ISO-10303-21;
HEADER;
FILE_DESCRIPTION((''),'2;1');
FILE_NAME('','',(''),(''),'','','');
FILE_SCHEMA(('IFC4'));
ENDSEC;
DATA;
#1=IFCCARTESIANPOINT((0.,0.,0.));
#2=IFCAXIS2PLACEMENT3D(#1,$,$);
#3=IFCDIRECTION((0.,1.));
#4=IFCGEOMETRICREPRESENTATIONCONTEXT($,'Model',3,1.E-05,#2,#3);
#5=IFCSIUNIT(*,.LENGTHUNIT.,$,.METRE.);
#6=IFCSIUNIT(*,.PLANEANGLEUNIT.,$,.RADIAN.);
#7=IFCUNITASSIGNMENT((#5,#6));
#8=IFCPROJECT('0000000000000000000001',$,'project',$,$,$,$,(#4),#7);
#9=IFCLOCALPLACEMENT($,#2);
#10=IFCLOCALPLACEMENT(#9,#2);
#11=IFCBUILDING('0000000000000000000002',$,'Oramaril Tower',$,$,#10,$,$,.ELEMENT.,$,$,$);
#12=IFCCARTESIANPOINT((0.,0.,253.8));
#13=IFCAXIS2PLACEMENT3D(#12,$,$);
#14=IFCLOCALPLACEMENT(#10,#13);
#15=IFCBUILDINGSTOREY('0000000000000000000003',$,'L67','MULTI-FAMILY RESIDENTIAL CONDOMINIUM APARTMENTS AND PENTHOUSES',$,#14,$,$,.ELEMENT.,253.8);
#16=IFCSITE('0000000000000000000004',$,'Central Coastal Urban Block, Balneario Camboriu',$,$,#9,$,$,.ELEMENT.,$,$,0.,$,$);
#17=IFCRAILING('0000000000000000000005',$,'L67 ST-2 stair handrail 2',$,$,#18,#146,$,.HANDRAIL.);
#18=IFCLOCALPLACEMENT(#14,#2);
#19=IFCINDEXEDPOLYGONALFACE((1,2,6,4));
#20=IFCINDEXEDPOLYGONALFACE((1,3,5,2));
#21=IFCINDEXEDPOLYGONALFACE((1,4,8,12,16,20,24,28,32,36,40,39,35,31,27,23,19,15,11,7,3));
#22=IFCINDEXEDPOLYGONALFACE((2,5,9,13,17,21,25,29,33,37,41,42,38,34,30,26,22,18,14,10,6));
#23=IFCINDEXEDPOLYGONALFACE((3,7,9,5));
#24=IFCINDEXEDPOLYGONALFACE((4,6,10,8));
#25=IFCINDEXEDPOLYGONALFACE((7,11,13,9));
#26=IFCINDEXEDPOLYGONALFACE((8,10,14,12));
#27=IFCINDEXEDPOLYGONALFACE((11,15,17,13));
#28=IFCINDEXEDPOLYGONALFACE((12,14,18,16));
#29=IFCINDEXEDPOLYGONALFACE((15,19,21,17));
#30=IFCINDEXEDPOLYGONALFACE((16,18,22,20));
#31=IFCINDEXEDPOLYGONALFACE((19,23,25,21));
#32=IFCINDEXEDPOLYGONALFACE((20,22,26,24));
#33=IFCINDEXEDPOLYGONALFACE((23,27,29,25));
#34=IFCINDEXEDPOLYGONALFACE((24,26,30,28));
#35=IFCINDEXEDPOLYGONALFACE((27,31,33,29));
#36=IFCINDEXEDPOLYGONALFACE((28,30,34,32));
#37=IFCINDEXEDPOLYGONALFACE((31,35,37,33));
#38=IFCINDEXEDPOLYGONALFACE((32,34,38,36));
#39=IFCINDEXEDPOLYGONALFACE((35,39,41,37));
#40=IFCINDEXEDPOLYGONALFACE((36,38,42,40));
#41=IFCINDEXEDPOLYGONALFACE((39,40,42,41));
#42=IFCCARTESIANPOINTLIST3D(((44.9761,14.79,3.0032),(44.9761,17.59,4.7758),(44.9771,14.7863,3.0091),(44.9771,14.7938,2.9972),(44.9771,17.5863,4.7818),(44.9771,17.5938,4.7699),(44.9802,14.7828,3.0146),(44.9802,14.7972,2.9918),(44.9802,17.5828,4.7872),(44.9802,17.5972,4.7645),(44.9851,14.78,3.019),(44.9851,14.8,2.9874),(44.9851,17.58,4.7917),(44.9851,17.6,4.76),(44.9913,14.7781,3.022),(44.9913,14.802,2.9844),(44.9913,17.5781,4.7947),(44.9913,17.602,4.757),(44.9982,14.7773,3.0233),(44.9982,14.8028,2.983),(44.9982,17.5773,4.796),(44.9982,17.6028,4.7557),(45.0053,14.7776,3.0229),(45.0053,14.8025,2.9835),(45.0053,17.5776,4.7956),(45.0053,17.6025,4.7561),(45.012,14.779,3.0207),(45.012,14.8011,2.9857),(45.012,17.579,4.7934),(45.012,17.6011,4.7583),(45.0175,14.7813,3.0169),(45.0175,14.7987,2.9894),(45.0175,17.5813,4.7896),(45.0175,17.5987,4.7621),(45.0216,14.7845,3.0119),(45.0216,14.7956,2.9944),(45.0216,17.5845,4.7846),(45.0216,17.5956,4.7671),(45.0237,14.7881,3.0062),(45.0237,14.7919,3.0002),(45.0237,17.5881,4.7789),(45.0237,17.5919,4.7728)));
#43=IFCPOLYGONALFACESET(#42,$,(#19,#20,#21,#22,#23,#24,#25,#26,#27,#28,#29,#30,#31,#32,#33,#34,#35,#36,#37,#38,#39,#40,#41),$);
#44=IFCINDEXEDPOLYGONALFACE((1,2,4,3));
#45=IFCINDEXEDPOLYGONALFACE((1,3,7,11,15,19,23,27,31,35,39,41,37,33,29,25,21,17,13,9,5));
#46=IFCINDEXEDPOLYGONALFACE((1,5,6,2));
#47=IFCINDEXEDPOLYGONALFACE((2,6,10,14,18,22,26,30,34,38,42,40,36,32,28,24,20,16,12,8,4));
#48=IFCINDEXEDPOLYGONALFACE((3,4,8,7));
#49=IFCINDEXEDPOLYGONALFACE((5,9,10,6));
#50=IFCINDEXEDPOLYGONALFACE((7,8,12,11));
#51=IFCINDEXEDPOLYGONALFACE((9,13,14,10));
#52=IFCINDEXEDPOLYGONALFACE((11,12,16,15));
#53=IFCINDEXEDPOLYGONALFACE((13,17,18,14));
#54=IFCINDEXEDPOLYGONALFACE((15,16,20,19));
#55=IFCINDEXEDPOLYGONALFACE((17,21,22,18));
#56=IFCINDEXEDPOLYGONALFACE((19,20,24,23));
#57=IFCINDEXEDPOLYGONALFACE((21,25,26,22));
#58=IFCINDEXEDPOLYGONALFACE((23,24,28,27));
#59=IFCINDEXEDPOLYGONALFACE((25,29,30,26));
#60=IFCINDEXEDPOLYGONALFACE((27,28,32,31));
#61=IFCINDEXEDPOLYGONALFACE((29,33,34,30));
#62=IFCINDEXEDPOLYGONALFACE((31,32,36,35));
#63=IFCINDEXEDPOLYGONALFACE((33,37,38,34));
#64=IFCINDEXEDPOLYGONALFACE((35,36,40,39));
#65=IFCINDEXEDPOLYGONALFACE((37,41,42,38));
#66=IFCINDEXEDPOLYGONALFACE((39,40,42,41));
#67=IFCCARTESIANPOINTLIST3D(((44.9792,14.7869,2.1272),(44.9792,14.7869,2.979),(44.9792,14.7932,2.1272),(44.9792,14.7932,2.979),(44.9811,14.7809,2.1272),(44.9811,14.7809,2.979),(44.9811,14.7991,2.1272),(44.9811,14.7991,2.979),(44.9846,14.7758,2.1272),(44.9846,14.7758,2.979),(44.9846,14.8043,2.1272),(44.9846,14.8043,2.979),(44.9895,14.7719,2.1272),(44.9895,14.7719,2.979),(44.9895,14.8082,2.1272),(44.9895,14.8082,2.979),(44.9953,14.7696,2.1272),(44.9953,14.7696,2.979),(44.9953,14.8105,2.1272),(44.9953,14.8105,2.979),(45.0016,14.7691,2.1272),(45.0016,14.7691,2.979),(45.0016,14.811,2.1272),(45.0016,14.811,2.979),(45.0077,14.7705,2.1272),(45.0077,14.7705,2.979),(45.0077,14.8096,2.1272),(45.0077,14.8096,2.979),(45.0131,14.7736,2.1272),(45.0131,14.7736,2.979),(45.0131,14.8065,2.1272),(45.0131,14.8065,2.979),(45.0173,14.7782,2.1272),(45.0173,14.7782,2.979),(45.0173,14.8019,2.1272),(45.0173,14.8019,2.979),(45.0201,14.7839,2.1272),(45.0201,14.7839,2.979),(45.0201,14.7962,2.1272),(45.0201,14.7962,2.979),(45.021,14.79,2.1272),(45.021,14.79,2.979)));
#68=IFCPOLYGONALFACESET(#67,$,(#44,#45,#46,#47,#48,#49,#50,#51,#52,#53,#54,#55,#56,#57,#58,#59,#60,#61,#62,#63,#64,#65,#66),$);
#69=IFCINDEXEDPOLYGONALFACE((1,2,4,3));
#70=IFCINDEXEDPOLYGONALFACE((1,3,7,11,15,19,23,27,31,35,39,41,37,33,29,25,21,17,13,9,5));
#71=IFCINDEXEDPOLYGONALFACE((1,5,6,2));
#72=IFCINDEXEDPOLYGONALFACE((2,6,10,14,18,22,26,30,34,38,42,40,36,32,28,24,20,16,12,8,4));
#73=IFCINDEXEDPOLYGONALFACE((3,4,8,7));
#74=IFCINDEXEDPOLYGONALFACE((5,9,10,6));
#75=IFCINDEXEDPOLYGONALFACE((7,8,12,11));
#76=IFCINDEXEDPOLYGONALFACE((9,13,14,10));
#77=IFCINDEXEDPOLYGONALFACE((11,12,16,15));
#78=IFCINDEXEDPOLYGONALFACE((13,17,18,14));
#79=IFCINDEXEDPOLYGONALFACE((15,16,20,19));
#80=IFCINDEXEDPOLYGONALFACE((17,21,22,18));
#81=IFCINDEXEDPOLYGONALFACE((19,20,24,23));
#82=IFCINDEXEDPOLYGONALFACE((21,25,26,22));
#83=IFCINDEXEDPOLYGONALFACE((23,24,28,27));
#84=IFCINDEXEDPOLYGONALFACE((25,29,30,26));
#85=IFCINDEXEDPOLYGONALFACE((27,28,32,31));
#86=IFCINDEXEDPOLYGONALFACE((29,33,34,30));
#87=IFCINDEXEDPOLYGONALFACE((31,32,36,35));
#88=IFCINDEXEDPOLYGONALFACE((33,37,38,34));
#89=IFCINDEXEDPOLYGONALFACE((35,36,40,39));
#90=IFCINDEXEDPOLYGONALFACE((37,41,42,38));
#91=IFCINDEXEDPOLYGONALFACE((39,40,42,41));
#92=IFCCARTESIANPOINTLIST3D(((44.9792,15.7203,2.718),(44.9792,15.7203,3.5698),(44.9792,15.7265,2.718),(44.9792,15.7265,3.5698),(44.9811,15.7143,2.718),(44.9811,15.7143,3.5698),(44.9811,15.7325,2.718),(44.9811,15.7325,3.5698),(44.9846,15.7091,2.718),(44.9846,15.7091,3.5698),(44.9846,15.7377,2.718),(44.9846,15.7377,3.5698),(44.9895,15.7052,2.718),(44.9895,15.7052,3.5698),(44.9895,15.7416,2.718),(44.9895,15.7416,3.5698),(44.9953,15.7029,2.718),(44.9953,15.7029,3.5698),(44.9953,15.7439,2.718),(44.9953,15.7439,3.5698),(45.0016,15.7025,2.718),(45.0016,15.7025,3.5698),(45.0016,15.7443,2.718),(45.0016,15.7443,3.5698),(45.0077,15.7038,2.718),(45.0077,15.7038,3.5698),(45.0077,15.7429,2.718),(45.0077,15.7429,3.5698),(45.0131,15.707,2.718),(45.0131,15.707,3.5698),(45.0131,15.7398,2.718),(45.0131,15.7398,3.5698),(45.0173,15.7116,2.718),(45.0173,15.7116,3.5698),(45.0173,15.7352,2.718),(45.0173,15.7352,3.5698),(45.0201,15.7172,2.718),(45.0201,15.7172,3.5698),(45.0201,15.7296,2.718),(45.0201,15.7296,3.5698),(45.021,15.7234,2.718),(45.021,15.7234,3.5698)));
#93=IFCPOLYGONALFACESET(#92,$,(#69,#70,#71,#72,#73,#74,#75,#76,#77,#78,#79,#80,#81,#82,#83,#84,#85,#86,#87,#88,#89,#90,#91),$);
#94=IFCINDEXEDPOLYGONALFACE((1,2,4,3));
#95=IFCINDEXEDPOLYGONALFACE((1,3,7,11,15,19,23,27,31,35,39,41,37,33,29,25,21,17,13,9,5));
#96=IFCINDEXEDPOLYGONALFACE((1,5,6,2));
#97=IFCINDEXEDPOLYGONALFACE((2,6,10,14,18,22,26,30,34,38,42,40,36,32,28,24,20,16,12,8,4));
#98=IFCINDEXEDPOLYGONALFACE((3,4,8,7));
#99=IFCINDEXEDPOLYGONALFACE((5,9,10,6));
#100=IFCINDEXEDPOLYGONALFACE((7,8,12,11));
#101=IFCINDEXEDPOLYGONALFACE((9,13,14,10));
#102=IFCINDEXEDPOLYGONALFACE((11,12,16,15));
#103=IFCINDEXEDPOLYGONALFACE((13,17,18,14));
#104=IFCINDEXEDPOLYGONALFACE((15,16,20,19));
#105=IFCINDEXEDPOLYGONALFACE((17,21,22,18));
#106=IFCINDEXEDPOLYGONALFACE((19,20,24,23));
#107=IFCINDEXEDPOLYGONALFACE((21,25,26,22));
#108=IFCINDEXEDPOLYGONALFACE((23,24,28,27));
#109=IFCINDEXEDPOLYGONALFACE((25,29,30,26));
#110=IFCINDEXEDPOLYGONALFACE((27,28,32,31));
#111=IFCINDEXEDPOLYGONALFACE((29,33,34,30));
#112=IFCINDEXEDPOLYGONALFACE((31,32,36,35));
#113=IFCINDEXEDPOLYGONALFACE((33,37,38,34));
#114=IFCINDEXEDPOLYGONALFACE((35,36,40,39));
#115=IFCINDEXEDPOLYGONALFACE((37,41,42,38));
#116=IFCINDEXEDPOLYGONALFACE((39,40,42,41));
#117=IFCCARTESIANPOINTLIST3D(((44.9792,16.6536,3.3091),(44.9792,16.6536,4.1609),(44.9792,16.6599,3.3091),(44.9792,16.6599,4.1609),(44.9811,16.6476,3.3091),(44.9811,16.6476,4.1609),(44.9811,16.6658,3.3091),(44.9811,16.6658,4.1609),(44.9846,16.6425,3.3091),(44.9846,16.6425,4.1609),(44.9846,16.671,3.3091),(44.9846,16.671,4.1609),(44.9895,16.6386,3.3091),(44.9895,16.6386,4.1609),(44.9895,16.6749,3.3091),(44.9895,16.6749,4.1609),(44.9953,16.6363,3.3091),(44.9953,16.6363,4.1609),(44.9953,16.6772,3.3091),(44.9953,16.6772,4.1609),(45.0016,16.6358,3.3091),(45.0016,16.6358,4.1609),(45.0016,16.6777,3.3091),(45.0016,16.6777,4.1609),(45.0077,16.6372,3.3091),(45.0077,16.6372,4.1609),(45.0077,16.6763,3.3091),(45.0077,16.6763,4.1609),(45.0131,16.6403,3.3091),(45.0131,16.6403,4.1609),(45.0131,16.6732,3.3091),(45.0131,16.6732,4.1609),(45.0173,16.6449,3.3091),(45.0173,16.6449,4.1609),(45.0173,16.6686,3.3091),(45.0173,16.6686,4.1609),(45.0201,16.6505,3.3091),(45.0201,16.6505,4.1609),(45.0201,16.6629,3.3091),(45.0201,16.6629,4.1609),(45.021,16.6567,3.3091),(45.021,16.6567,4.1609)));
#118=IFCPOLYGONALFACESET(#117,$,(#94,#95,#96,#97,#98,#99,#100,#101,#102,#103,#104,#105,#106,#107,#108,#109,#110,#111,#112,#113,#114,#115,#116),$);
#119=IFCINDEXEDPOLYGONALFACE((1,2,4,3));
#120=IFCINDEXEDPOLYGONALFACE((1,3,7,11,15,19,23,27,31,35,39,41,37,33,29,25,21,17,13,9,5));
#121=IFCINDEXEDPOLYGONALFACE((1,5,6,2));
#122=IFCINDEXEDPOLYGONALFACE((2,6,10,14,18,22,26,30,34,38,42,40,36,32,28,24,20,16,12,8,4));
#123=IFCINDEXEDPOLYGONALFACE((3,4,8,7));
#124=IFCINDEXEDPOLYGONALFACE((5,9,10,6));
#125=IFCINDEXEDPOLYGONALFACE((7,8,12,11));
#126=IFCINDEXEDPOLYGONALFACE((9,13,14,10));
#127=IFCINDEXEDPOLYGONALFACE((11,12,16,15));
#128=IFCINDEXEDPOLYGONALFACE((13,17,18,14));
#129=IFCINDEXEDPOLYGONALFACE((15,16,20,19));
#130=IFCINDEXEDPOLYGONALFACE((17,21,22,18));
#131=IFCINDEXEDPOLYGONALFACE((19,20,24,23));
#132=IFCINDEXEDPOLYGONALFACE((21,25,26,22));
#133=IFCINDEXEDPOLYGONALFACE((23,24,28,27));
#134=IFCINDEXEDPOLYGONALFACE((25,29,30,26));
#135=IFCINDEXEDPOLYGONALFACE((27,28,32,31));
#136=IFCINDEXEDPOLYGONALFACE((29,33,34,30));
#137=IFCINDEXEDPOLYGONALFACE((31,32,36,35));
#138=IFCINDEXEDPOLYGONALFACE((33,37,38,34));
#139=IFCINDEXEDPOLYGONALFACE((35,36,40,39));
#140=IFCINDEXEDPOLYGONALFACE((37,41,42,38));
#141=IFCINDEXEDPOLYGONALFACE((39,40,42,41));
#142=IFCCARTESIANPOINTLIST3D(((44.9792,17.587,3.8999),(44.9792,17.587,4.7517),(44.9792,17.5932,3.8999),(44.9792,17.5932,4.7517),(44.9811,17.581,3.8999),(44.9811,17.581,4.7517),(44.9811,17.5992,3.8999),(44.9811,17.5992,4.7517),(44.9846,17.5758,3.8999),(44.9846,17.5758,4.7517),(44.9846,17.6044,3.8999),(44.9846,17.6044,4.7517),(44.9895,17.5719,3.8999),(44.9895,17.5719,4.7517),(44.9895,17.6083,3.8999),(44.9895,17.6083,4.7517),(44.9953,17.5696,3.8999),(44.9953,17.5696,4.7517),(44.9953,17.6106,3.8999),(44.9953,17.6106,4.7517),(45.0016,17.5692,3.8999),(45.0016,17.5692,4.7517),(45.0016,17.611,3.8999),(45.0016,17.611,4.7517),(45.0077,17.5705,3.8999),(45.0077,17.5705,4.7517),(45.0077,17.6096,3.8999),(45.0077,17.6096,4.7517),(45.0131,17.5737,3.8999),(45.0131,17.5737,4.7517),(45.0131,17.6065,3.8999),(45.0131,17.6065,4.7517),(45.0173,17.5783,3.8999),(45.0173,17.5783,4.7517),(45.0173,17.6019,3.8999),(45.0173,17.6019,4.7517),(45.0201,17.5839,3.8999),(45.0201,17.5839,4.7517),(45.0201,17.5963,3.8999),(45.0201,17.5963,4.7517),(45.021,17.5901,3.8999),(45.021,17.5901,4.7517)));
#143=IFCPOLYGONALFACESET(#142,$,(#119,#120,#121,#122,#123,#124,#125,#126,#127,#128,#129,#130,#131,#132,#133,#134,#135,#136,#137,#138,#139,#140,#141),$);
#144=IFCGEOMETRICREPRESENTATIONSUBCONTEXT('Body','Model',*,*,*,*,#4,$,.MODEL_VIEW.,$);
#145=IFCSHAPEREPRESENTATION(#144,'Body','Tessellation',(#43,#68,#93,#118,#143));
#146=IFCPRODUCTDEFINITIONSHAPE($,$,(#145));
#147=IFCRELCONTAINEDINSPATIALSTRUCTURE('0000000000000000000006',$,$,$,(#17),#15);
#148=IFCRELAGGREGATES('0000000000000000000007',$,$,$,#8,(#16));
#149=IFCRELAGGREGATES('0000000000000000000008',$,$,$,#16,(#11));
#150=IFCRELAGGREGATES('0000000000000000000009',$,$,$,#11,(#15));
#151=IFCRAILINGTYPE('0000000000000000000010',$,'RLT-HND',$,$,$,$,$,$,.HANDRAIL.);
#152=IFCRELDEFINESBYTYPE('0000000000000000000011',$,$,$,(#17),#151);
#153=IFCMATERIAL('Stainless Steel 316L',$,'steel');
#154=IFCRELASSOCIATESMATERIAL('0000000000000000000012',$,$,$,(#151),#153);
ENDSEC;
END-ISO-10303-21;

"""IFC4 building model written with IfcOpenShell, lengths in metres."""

from ifc_helpers import new_model, si_unit, direction, frame, origin, origin_2d, place, context, subcontext, project, spatial, circle, extrude, material, type_object, element, save


model = new_model("IFC4")

# Units and contexts
model_context = context("Model", 3, precision=1e-05, world=origin(), true_north=direction((0.0, 1.0)))
body_context = subcontext(model_context, "Body", "Model", "MODEL_VIEW")
ifc_project = project(units=[si_unit("LENGTHUNIT", "METRE"), si_unit("PLANEANGLEUNIT", "RADIAN")], contexts=[model_context])

# Site, building, storey
site_placement = place(None, origin())
site = spatial("IfcSite", under=ifc_project, at=site_placement, Name="Central Coastal Urban Block, Balneario Camboriu", CompositionType="ELEMENT", RefElevation=0.0)
building_placement = place(site_placement, origin())
building = spatial("IfcBuilding", under=site, at=building_placement, Name="Oramaril Tower", CompositionType="ELEMENT")
storey_placement = place(building_placement, frame((0.0, 0.0, 253.8)))
storey = spatial("IfcBuildingStorey", under=building, at=storey_placement, Name="L67", Description="MULTI-FAMILY RESIDENTIAL CONDOMINIUM APARTMENTS AND PENTHOUSES", CompositionType="ELEMENT", Elevation=253.8)

# Railing
ifc_material_1 = material(Name="Stainless Steel 316L", Category="steel")
railing_type_1 = type_object("IfcRailingType", Name="RLT-HND", PredefinedType="HANDRAIL", material=ifc_material_1)
railing_1_placement = place(storey_placement, frame((45.0, 14.79, 2.1272)))
element("IfcRailing", 1, at=railing_1_placement, inside=storey, type_object=railing_type_1, Name="L67 ST-2 stair handrail 2", PredefinedType="HANDRAIL", context=body_context, shape_type="SweptSolid", body=[
    extrude(circle(Radius=0.0239, at=origin_2d()), frame((0.0, 0.0, 0.876), z_axis=(0.0, 0.844909, 0.53491), x_axis=(-1.0, 0.0, 0.0)), (0.0, 0.0, 1.0), 3.314),
    extrude(circle(Radius=0.021, at=origin_2d()), origin(), (0.0, 0.0, 1.0), 0.8518),
    extrude(circle(Radius=0.021, at=origin_2d()), frame((0.0, 0.9333, 0.5908)), (0.0, 0.0, 1.0), 0.8518),
    extrude(circle(Radius=0.021, at=origin_2d()), frame((0.0, 1.8667, 1.1819)), (0.0, 0.0, 1.0), 0.8518),
    extrude(circle(Radius=0.021, at=origin_2d()), frame((0.0, 2.8, 1.7727)), (0.0, 0.0, 1.0), 0.8518),
])

save(model, "model.ifc")
